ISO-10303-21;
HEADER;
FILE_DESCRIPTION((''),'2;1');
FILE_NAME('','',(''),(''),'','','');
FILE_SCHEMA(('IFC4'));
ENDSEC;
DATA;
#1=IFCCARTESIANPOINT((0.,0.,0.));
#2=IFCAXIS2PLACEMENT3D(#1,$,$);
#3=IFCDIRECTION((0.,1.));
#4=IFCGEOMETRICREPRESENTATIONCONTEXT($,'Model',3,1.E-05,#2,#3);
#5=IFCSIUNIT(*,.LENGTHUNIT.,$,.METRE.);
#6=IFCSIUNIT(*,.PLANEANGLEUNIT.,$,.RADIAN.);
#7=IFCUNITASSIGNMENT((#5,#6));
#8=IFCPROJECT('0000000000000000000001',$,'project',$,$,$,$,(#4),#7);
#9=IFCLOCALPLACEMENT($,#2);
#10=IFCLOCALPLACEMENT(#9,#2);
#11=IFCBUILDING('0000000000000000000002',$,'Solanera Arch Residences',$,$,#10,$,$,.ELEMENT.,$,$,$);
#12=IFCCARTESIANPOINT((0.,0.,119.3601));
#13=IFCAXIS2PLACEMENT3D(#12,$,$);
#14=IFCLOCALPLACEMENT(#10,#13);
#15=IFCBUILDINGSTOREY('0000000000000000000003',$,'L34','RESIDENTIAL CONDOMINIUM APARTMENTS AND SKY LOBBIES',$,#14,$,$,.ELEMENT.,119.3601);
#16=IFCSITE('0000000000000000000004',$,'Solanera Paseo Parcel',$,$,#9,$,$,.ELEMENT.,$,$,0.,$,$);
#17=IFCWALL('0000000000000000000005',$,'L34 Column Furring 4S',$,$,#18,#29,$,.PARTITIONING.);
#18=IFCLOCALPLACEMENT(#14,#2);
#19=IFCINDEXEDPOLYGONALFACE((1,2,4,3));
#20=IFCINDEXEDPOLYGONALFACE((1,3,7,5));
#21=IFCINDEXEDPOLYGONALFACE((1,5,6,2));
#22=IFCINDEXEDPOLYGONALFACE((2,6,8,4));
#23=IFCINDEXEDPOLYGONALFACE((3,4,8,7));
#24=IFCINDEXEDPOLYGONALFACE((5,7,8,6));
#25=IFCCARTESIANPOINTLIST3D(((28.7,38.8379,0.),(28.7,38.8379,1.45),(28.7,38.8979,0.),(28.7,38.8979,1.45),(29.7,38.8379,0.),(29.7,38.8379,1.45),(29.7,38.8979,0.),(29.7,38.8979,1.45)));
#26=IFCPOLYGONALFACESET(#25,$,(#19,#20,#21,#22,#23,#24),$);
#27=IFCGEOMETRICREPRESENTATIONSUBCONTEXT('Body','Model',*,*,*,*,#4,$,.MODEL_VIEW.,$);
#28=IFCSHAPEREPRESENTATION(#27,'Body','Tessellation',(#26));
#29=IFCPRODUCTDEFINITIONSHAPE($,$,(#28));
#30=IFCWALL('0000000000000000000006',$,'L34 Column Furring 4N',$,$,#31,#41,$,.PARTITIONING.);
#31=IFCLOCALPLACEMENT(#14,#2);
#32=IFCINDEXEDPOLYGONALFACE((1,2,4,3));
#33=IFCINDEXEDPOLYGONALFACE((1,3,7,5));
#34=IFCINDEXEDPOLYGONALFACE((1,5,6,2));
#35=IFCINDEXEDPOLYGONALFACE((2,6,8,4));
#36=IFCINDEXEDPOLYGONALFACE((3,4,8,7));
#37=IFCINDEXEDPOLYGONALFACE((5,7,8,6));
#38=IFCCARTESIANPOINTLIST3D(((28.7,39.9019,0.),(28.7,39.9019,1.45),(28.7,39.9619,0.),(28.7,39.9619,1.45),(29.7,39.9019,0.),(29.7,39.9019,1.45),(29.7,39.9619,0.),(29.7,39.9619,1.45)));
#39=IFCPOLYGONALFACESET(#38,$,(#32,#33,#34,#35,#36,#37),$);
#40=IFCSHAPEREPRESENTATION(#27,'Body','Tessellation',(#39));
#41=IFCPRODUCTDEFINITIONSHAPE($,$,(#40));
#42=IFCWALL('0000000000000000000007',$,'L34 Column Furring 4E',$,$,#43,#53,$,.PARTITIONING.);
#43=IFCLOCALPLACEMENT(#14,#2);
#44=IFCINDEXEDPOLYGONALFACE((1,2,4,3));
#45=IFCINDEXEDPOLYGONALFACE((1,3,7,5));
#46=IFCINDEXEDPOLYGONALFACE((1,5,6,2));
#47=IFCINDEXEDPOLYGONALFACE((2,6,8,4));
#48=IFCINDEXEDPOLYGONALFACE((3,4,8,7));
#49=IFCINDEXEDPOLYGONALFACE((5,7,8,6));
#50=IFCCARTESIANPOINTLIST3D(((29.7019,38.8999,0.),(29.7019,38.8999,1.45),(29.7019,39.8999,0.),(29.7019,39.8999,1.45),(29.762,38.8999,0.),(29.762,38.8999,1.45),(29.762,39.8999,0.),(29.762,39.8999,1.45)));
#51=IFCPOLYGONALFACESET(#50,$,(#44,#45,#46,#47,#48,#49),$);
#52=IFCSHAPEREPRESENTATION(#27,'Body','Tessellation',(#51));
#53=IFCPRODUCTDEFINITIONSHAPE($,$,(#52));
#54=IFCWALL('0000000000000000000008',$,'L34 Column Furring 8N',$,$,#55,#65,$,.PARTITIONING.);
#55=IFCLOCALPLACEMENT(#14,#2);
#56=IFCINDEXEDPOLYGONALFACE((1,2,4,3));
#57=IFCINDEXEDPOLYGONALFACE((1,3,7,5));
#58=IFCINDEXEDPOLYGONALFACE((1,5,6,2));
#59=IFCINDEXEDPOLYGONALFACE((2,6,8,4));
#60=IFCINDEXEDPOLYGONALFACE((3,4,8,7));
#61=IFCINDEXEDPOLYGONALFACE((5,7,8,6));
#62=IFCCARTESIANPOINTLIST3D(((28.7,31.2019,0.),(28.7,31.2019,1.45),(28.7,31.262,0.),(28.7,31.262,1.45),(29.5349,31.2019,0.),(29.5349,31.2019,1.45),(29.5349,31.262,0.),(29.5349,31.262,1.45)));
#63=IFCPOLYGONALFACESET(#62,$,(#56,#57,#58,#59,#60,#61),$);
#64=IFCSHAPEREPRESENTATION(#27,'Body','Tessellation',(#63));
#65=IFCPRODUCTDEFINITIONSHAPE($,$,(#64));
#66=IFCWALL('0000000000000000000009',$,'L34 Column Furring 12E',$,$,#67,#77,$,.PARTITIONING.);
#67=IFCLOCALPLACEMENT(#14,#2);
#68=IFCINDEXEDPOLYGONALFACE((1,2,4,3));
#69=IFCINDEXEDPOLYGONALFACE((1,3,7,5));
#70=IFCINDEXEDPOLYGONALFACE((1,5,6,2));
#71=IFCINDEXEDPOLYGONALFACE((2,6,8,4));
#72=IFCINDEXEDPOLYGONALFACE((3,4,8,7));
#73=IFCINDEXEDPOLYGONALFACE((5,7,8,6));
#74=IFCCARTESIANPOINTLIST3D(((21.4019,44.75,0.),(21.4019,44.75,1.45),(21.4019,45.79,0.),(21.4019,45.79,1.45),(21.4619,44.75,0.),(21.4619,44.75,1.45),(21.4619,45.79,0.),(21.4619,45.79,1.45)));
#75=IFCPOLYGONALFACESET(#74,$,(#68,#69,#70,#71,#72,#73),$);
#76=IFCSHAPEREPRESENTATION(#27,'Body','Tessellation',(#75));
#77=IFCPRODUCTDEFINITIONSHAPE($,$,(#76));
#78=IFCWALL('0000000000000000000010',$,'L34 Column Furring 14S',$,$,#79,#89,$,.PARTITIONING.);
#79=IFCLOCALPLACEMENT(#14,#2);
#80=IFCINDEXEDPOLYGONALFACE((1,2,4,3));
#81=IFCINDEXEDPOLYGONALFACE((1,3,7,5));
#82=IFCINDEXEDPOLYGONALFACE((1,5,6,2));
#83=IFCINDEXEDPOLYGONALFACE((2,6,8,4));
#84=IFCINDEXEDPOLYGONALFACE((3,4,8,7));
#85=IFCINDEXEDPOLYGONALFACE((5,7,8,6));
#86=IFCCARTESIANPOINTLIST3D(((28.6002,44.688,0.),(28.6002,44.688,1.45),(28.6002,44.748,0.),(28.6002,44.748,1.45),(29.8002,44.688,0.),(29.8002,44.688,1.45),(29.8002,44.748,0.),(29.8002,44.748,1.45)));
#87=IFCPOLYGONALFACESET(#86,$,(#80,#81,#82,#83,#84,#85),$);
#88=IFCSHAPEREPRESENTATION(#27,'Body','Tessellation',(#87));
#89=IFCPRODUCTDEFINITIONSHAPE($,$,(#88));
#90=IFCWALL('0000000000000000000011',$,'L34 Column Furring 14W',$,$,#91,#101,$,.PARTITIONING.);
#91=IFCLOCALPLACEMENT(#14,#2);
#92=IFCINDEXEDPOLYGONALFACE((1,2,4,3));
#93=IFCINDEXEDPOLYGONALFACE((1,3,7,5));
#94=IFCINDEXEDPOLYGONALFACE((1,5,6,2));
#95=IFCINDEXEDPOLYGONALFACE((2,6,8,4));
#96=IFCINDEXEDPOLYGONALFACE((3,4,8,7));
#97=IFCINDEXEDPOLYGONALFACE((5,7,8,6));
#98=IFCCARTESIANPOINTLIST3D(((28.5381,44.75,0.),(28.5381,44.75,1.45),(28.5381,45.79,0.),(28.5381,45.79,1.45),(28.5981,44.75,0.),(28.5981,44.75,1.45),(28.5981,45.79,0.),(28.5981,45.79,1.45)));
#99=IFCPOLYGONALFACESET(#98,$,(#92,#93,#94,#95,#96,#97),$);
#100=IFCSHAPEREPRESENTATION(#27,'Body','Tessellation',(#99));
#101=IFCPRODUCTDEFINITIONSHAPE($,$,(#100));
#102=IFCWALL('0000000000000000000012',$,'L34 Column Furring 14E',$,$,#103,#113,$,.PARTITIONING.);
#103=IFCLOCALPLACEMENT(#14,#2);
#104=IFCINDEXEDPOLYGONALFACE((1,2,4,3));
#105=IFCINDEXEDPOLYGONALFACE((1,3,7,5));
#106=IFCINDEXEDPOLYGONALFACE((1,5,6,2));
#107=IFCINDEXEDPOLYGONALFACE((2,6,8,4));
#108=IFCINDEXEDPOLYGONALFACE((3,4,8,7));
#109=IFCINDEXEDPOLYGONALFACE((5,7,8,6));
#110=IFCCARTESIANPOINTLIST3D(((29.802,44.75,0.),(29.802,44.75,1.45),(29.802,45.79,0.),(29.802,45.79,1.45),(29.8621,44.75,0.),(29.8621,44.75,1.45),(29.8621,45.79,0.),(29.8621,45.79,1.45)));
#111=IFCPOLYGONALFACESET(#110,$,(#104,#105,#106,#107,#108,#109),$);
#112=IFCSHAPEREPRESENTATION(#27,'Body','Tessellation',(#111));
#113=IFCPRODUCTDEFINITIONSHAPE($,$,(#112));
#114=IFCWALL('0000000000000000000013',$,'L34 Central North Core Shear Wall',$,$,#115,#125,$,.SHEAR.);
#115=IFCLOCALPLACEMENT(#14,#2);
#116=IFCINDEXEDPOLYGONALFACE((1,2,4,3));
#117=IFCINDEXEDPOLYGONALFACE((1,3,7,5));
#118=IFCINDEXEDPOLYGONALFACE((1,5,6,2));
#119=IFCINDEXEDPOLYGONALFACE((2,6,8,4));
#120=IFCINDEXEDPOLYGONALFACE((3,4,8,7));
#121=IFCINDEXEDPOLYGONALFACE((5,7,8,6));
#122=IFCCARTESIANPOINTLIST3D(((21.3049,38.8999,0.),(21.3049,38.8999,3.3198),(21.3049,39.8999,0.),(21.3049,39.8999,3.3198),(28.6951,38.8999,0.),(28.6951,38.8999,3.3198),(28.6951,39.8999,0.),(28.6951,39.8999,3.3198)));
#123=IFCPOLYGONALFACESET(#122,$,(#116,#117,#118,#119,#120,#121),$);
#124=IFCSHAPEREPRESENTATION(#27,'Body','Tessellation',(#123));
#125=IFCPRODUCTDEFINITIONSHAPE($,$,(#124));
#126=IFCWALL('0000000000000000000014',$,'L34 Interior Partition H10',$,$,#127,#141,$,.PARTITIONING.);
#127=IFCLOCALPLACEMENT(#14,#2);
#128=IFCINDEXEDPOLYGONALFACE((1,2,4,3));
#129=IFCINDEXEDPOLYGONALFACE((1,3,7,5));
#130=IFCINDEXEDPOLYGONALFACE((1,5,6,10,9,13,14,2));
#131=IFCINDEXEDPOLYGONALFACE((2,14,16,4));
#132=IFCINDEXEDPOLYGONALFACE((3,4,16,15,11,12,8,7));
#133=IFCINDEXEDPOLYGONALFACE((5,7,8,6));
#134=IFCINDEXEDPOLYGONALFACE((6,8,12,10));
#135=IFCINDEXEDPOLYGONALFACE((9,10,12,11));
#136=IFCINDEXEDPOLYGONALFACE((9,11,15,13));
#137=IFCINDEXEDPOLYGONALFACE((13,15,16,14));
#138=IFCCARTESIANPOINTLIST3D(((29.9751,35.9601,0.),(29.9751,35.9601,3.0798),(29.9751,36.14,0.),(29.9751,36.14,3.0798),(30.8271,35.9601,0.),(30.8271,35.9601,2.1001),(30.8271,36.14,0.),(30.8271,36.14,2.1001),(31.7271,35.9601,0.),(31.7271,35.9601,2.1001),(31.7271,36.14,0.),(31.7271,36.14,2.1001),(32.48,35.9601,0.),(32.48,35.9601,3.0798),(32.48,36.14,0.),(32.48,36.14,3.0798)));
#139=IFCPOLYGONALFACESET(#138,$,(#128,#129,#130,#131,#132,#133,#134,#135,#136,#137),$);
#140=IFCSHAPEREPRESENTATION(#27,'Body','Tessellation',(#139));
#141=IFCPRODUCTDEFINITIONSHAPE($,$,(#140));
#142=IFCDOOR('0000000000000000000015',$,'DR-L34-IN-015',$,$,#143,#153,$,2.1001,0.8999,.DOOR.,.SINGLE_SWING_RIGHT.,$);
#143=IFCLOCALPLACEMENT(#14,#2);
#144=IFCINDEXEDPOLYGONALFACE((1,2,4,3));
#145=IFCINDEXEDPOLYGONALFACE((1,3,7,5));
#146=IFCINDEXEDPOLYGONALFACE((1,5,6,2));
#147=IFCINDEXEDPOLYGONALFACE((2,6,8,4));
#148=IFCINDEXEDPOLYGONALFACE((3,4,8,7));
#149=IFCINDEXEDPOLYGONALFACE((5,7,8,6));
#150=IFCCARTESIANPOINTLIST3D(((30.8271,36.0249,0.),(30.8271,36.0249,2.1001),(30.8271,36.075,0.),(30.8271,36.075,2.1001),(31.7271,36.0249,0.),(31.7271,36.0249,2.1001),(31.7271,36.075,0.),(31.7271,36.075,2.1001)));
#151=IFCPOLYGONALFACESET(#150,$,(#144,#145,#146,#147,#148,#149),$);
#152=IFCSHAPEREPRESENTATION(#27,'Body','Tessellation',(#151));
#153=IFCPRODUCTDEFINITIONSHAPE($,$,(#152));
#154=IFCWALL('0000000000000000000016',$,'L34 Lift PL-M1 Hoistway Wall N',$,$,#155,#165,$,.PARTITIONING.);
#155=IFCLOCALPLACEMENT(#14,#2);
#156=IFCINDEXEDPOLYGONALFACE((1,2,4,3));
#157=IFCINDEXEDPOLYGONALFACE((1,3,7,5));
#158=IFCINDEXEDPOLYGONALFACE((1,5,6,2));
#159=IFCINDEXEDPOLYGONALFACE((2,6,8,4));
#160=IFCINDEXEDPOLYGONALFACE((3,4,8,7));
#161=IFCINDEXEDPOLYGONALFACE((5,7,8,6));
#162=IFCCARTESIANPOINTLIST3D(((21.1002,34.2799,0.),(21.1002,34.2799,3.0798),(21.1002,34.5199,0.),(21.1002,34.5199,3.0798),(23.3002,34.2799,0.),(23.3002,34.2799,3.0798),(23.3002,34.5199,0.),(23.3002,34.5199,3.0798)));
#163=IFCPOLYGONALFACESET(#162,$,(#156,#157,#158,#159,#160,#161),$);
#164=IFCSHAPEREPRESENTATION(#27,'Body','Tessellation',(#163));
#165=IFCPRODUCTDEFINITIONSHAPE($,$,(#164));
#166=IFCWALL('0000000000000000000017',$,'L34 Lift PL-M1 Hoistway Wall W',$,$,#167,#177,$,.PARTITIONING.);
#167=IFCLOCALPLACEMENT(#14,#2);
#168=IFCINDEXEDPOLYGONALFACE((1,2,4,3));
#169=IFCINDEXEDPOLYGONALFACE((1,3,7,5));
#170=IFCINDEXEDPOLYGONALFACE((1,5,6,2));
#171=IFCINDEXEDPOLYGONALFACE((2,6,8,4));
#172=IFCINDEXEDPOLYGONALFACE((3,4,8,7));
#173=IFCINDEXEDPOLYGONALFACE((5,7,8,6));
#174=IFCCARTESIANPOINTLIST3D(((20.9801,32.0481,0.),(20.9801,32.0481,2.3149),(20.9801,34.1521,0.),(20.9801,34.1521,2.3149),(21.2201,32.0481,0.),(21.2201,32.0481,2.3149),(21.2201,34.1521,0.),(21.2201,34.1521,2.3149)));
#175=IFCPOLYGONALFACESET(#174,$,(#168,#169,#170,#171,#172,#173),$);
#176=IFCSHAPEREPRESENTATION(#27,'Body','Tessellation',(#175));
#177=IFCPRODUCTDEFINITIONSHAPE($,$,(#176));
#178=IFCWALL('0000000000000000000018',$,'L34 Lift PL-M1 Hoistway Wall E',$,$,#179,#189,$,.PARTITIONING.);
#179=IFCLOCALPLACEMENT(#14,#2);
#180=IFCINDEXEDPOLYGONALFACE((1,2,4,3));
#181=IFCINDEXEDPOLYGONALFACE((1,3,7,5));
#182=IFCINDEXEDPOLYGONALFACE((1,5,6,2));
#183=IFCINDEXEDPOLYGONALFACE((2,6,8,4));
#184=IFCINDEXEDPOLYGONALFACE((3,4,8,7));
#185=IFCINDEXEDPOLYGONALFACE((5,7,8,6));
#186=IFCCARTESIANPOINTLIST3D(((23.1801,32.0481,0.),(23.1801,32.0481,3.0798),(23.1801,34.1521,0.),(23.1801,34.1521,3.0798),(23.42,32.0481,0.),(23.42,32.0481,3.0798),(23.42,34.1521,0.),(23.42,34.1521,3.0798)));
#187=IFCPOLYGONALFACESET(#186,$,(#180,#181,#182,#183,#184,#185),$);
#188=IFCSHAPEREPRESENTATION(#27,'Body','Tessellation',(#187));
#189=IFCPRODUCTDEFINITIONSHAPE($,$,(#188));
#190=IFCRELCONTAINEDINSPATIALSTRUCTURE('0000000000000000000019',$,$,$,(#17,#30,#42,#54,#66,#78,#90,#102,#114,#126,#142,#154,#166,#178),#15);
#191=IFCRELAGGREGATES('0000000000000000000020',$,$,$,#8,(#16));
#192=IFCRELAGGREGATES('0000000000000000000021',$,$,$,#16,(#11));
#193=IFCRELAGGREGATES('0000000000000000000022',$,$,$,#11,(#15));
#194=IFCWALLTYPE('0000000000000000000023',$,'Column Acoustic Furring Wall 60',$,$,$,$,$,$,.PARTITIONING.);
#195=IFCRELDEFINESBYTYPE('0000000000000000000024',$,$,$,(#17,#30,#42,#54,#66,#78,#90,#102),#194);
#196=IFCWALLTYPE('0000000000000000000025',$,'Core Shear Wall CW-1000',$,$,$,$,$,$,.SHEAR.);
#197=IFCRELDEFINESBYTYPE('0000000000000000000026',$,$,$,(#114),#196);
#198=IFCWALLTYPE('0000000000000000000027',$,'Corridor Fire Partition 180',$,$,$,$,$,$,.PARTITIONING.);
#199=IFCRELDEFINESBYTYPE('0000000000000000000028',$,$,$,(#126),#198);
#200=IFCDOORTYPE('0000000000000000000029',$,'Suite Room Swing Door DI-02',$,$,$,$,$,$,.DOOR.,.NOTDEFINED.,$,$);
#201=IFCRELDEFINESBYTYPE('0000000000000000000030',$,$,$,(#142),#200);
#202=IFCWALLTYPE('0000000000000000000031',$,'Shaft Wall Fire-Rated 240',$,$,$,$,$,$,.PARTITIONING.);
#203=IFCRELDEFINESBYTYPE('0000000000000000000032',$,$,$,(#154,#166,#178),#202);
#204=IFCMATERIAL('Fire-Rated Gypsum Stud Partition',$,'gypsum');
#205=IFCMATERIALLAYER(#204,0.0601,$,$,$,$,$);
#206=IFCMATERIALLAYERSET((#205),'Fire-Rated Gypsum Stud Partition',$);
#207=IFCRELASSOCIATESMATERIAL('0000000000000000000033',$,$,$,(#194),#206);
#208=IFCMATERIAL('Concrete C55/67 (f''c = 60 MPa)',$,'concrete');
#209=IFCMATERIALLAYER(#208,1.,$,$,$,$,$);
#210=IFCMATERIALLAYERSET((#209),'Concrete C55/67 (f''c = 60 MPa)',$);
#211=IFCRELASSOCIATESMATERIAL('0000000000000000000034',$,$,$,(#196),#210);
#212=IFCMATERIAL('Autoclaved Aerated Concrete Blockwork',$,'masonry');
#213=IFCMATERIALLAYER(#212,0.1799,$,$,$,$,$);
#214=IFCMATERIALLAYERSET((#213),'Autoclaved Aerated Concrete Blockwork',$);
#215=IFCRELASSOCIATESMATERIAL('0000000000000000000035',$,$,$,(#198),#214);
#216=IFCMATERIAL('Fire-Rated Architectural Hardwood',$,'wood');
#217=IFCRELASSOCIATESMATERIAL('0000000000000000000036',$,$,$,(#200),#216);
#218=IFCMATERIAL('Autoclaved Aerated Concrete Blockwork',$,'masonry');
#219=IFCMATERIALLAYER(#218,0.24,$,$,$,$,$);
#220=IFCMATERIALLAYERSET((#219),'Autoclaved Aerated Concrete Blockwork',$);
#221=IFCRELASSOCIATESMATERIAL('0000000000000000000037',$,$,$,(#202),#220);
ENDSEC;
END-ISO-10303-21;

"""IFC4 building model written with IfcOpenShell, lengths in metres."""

from ifc_helpers import new_model, si_unit, direction, frame, frame_2d, origin, place, context, subcontext, project, spatial, rectangle, extrude, material, layer, layer_set, type_object, element, fill, save


model = new_model("IFC4")

# Units and contexts
model_context = context("Model", 3, precision=1e-05, world=origin(), true_north=direction((0.0, 1.0)))
body_context = subcontext(model_context, "Body", "Model", "MODEL_VIEW")
ifc_project = project(units=[si_unit("LENGTHUNIT", "METRE"), si_unit("PLANEANGLEUNIT", "RADIAN")], contexts=[model_context])

# Site, building, storey
site_placement = place(None, origin())
site = spatial("IfcSite", under=ifc_project, at=site_placement, Name="Solanera Paseo Parcel", CompositionType="ELEMENT", RefElevation=0.0)
building_placement = place(site_placement, origin())
building = spatial("IfcBuilding", under=site, at=building_placement, Name="Solanera Arch Residences", CompositionType="ELEMENT")
storey_placement = place(building_placement, frame((0.0, 0.0, 119.3601)))
storey = spatial("IfcBuildingStorey", under=building, at=storey_placement, Name="L34", Description="RESIDENTIAL CONDOMINIUM APARTMENTS AND SKY LOBBIES", CompositionType="ELEMENT", Elevation=119.3601)

# Walls
ifc_material_1 = material(Name="Fire-Rated Gypsum Stud Partition", Category="gypsum")
ifc_layer_1 = layer(ifc_material_1, 0.0601)
ifc_layer_set_1 = layer_set([ifc_layer_1], Name="Fire-Rated Gypsum Stud Partition")
wall_type_1 = type_object("IfcWallType", Name="Column Acoustic Furring Wall 60", PredefinedType="PARTITIONING", material=ifc_layer_set_1)
for number, where, z_axis, x_axis, name in (
    (1, (28.7, 38.8679, 0.0), (0.0, 0.0, 1.0), (1.0, 0.0, 0.0), "L34 Column Furring 4S"),
    (2, (28.7, 39.9319, 0.0), (0.0, 0.0, 1.0), (1.0, 0.0, 0.0), "L34 Column Furring 4N"),
    (3, (29.7319, 38.8999, 0.0), (0.0, 0.0, 1.0), (0.0, 1.0, 0.0), "L34 Column Furring 4E"),
):
    element("IfcWall", number, at=place(storey_placement, frame(where, z_axis=z_axis, x_axis=x_axis)), inside=storey, type_object=wall_type_1, Name=name, PredefinedType="PARTITIONING", context=body_context, shape_type="SweptSolid", body=[
        extrude(rectangle(XDim=1.0, YDim=0.0601, at=frame_2d((0.5, 0.0))), origin(), (0.0, 0.0, 1.0), 1.45),
    ])
wall_1_placement = place(storey_placement, frame((28.7, 31.2319, 0.0), z_axis=(0.0, 0.0, 1.0), x_axis=(1.0, 0.0, 0.0)))
element("IfcWall", 4, at=wall_1_placement, inside=storey, type_object=wall_type_1, Name="L34 Column Furring 8N", PredefinedType="PARTITIONING", context=body_context, shape_type="SweptSolid", body=[
    extrude(rectangle(XDim=0.835, YDim=0.0601, at=frame_2d((0.4175, 0.0))), origin(), (0.0, 0.0, 1.0), 1.45),
])
wall_2_placement = place(storey_placement, frame((21.4319, 44.75, 0.0), z_axis=(0.0, 0.0, 1.0), x_axis=(0.0, 1.0, 0.0)))
element("IfcWall", 5, at=wall_2_placement, inside=storey, type_object=wall_type_1, Name="L34 Column Furring 12E", PredefinedType="PARTITIONING", context=body_context, shape_type="SweptSolid", body=[
    extrude(rectangle(XDim=1.04, YDim=0.0601, at=frame_2d((0.52, 0.0))), origin(), (0.0, 0.0, 1.0), 1.45),
])
wall_3_placement = place(storey_placement, frame((28.6001, 44.718, 0.0), z_axis=(0.0, 0.0, 1.0), x_axis=(1.0, 0.0, 0.0)))
element("IfcWall", 6, at=wall_3_placement, inside=storey, type_object=wall_type_1, Name="L34 Column Furring 14S", PredefinedType="PARTITIONING", context=body_context, shape_type="SweptSolid", body=[
    extrude(rectangle(XDim=1.2, YDim=0.0601, at=frame_2d((0.6001, 0.0))), origin(), (0.0, 0.0, 1.0), 1.45),
])
for number, where, z_axis, x_axis, name in (
    (7, (28.5681, 44.75, 0.0), (0.0, 0.0, 1.0), (0.0, 1.0, 0.0), "L34 Column Furring 14W"),
    (8, (29.832, 44.75, 0.0), (0.0, 0.0, 1.0), (0.0, 1.0, 0.0), "L34 Column Furring 14E"),
):
    element("IfcWall", number, at=place(storey_placement, frame(where, z_axis=z_axis, x_axis=x_axis)), inside=storey, type_object=wall_type_1, Name=name, PredefinedType="PARTITIONING", context=body_context, shape_type="SweptSolid", body=[
        extrude(rectangle(XDim=1.04, YDim=0.0601, at=frame_2d((0.52, 0.0))), origin(), (0.0, 0.0, 1.0), 1.45),
    ])
ifc_material_2 = material(Name="Concrete C55/67 (f'c = 60 MPa)", Category="concrete")
ifc_layer_2 = layer(ifc_material_2, 1.0)
ifc_layer_set_2 = layer_set([ifc_layer_2], Name="Concrete C55/67 (f'c = 60 MPa)")
wall_type_2 = type_object("IfcWallType", Name="Core Shear Wall CW-1000", PredefinedType="SHEAR", material=ifc_layer_set_2)
wall_4_placement = place(storey_placement, frame((21.3049, 39.3999, 0.0), z_axis=(0.0, 0.0, 1.0), x_axis=(1.0, 0.0, 0.0)))
element("IfcWall", 9, at=wall_4_placement, inside=storey, type_object=wall_type_2, Name="L34 Central North Core Shear Wall", PredefinedType="SHEAR", context=body_context, shape_type="SweptSolid", body=[
    extrude(rectangle(XDim=7.3901, YDim=1.0, at=frame_2d((3.6951, 0.0))), origin(), (0.0, 0.0, 1.0), 3.3198),
])

# Wall, opening, door
ifc_material_3 = material(Name="Autoclaved Aerated Concrete Blockwork", Category="masonry")
ifc_layer_3 = layer(ifc_material_3, 0.1799)
ifc_layer_set_3 = layer_set([ifc_layer_3], Name="Autoclaved Aerated Concrete Blockwork")
wall_type_3 = type_object("IfcWallType", Name="Corridor Fire Partition 180", PredefinedType="PARTITIONING", material=ifc_layer_set_3)
wall_5_placement = place(storey_placement, frame((29.9751, 36.05, 0.0), z_axis=(0.0, 0.0, 1.0), x_axis=(1.0, 0.0, 0.0)))
wall_5 = element("IfcWall", 10, at=wall_5_placement, inside=storey, type_object=wall_type_3, Name="L34 Interior Partition H10", PredefinedType="PARTITIONING", context=body_context, shape_type="SweptSolid", body=[
    extrude(rectangle(XDim=2.5049, YDim=0.1799, at=frame_2d((1.2524, 0.0))), origin(), (0.0, 0.0, 1.0), 3.0798),
])
opening_1_placement = place(wall_5_placement, frame((0.8521, 0.0, 0.0)))
opening_1 = element("IfcOpeningElement", 11, at=opening_1_placement, cuts=wall_5, PredefinedType="OPENING", context=body_context, shape_type="SweptSolid", body=[
    extrude(rectangle(XDim=0.8999, YDim=2.1001, at=frame_2d((0.45, 1.05))), frame((0.0, 0.1001, 0.0), z_axis=(0.0, -1.0, 0.0), x_axis=(1.0, 0.0, 0.0)), (0.0, 0.0, 1.0), 0.1999),
])
ifc_material_4 = material(Name="Fire-Rated Architectural Hardwood", Category="wood")
door_type_1 = type_object("IfcDoorType", Name="Suite Room Swing Door DI-02", OperationType="NOTDEFINED", PredefinedType="DOOR", material=ifc_material_4)
door_1_placement = place(opening_1_placement, origin())
door_1 = element("IfcDoor", 12, at=door_1_placement, inside=storey, type_object=door_type_1, Name="DR-L34-IN-015", OperationType="SINGLE_SWING_RIGHT", OverallHeight=2.1001, OverallWidth=0.8999, PredefinedType="DOOR", context=body_context, shape_type="SweptSolid", body=[
    extrude(rectangle(XDim=0.8999, YDim=2.1001, at=frame_2d((0.45, 1.05))), frame((0.0, 0.0249, 0.0), z_axis=(0.0, -1.0, 0.0), x_axis=(1.0, 0.0, 0.0)), (0.0, 0.0, 1.0), 0.05),
])
fill(opening_1, door_1)

# Walls
ifc_material_5 = material(Name="Autoclaved Aerated Concrete Blockwork", Category="masonry")
ifc_layer_4 = layer(ifc_material_5, 0.24)
ifc_layer_set_4 = layer_set([ifc_layer_4], Name="Autoclaved Aerated Concrete Blockwork")
wall_type_4 = type_object("IfcWallType", Name="Shaft Wall Fire-Rated 240", PredefinedType="PARTITIONING", material=ifc_layer_set_4)
wall_6_placement = place(storey_placement, frame((21.1001, 34.3999, 0.0), z_axis=(0.0, 0.0, 1.0), x_axis=(1.0, 0.0, 0.0)))
element("IfcWall", 13, at=wall_6_placement, inside=storey, type_object=wall_type_4, Name="L34 Lift PL-M1 Hoistway Wall N", PredefinedType="PARTITIONING", context=body_context, shape_type="SweptSolid", body=[
    extrude(rectangle(XDim=2.2, YDim=0.24, at=frame_2d((1.1001, 0.0))), origin(), (0.0, 0.0, 1.0), 3.0798),
])
wall_7_placement = place(storey_placement, frame((21.1001, 32.0481, 0.0), z_axis=(0.0, 0.0, 1.0), x_axis=(0.0, 1.0, 0.0)))
element("IfcWall", 14, at=wall_7_placement, inside=storey, type_object=wall_type_4, Name="L34 Lift PL-M1 Hoistway Wall W", PredefinedType="PARTITIONING", context=body_context, shape_type="SweptSolid", body=[
    extrude(rectangle(XDim=2.104, YDim=0.24, at=frame_2d((1.052, 0.0))), origin(), (0.0, 0.0, 1.0), 2.3149),
])
wall_8_placement = place(storey_placement, frame((23.3, 32.0481, 0.0), z_axis=(0.0, 0.0, 1.0), x_axis=(0.0, 1.0, 0.0)))
element("IfcWall", 15, at=wall_8_placement, inside=storey, type_object=wall_type_4, Name="L34 Lift PL-M1 Hoistway Wall E", PredefinedType="PARTITIONING", context=body_context, shape_type="SweptSolid", body=[
    extrude(rectangle(XDim=2.104, YDim=0.24, at=frame_2d((1.052, 0.0))), origin(), (0.0, 0.0, 1.0), 3.0798),
])

save(model, "model.ifc")
